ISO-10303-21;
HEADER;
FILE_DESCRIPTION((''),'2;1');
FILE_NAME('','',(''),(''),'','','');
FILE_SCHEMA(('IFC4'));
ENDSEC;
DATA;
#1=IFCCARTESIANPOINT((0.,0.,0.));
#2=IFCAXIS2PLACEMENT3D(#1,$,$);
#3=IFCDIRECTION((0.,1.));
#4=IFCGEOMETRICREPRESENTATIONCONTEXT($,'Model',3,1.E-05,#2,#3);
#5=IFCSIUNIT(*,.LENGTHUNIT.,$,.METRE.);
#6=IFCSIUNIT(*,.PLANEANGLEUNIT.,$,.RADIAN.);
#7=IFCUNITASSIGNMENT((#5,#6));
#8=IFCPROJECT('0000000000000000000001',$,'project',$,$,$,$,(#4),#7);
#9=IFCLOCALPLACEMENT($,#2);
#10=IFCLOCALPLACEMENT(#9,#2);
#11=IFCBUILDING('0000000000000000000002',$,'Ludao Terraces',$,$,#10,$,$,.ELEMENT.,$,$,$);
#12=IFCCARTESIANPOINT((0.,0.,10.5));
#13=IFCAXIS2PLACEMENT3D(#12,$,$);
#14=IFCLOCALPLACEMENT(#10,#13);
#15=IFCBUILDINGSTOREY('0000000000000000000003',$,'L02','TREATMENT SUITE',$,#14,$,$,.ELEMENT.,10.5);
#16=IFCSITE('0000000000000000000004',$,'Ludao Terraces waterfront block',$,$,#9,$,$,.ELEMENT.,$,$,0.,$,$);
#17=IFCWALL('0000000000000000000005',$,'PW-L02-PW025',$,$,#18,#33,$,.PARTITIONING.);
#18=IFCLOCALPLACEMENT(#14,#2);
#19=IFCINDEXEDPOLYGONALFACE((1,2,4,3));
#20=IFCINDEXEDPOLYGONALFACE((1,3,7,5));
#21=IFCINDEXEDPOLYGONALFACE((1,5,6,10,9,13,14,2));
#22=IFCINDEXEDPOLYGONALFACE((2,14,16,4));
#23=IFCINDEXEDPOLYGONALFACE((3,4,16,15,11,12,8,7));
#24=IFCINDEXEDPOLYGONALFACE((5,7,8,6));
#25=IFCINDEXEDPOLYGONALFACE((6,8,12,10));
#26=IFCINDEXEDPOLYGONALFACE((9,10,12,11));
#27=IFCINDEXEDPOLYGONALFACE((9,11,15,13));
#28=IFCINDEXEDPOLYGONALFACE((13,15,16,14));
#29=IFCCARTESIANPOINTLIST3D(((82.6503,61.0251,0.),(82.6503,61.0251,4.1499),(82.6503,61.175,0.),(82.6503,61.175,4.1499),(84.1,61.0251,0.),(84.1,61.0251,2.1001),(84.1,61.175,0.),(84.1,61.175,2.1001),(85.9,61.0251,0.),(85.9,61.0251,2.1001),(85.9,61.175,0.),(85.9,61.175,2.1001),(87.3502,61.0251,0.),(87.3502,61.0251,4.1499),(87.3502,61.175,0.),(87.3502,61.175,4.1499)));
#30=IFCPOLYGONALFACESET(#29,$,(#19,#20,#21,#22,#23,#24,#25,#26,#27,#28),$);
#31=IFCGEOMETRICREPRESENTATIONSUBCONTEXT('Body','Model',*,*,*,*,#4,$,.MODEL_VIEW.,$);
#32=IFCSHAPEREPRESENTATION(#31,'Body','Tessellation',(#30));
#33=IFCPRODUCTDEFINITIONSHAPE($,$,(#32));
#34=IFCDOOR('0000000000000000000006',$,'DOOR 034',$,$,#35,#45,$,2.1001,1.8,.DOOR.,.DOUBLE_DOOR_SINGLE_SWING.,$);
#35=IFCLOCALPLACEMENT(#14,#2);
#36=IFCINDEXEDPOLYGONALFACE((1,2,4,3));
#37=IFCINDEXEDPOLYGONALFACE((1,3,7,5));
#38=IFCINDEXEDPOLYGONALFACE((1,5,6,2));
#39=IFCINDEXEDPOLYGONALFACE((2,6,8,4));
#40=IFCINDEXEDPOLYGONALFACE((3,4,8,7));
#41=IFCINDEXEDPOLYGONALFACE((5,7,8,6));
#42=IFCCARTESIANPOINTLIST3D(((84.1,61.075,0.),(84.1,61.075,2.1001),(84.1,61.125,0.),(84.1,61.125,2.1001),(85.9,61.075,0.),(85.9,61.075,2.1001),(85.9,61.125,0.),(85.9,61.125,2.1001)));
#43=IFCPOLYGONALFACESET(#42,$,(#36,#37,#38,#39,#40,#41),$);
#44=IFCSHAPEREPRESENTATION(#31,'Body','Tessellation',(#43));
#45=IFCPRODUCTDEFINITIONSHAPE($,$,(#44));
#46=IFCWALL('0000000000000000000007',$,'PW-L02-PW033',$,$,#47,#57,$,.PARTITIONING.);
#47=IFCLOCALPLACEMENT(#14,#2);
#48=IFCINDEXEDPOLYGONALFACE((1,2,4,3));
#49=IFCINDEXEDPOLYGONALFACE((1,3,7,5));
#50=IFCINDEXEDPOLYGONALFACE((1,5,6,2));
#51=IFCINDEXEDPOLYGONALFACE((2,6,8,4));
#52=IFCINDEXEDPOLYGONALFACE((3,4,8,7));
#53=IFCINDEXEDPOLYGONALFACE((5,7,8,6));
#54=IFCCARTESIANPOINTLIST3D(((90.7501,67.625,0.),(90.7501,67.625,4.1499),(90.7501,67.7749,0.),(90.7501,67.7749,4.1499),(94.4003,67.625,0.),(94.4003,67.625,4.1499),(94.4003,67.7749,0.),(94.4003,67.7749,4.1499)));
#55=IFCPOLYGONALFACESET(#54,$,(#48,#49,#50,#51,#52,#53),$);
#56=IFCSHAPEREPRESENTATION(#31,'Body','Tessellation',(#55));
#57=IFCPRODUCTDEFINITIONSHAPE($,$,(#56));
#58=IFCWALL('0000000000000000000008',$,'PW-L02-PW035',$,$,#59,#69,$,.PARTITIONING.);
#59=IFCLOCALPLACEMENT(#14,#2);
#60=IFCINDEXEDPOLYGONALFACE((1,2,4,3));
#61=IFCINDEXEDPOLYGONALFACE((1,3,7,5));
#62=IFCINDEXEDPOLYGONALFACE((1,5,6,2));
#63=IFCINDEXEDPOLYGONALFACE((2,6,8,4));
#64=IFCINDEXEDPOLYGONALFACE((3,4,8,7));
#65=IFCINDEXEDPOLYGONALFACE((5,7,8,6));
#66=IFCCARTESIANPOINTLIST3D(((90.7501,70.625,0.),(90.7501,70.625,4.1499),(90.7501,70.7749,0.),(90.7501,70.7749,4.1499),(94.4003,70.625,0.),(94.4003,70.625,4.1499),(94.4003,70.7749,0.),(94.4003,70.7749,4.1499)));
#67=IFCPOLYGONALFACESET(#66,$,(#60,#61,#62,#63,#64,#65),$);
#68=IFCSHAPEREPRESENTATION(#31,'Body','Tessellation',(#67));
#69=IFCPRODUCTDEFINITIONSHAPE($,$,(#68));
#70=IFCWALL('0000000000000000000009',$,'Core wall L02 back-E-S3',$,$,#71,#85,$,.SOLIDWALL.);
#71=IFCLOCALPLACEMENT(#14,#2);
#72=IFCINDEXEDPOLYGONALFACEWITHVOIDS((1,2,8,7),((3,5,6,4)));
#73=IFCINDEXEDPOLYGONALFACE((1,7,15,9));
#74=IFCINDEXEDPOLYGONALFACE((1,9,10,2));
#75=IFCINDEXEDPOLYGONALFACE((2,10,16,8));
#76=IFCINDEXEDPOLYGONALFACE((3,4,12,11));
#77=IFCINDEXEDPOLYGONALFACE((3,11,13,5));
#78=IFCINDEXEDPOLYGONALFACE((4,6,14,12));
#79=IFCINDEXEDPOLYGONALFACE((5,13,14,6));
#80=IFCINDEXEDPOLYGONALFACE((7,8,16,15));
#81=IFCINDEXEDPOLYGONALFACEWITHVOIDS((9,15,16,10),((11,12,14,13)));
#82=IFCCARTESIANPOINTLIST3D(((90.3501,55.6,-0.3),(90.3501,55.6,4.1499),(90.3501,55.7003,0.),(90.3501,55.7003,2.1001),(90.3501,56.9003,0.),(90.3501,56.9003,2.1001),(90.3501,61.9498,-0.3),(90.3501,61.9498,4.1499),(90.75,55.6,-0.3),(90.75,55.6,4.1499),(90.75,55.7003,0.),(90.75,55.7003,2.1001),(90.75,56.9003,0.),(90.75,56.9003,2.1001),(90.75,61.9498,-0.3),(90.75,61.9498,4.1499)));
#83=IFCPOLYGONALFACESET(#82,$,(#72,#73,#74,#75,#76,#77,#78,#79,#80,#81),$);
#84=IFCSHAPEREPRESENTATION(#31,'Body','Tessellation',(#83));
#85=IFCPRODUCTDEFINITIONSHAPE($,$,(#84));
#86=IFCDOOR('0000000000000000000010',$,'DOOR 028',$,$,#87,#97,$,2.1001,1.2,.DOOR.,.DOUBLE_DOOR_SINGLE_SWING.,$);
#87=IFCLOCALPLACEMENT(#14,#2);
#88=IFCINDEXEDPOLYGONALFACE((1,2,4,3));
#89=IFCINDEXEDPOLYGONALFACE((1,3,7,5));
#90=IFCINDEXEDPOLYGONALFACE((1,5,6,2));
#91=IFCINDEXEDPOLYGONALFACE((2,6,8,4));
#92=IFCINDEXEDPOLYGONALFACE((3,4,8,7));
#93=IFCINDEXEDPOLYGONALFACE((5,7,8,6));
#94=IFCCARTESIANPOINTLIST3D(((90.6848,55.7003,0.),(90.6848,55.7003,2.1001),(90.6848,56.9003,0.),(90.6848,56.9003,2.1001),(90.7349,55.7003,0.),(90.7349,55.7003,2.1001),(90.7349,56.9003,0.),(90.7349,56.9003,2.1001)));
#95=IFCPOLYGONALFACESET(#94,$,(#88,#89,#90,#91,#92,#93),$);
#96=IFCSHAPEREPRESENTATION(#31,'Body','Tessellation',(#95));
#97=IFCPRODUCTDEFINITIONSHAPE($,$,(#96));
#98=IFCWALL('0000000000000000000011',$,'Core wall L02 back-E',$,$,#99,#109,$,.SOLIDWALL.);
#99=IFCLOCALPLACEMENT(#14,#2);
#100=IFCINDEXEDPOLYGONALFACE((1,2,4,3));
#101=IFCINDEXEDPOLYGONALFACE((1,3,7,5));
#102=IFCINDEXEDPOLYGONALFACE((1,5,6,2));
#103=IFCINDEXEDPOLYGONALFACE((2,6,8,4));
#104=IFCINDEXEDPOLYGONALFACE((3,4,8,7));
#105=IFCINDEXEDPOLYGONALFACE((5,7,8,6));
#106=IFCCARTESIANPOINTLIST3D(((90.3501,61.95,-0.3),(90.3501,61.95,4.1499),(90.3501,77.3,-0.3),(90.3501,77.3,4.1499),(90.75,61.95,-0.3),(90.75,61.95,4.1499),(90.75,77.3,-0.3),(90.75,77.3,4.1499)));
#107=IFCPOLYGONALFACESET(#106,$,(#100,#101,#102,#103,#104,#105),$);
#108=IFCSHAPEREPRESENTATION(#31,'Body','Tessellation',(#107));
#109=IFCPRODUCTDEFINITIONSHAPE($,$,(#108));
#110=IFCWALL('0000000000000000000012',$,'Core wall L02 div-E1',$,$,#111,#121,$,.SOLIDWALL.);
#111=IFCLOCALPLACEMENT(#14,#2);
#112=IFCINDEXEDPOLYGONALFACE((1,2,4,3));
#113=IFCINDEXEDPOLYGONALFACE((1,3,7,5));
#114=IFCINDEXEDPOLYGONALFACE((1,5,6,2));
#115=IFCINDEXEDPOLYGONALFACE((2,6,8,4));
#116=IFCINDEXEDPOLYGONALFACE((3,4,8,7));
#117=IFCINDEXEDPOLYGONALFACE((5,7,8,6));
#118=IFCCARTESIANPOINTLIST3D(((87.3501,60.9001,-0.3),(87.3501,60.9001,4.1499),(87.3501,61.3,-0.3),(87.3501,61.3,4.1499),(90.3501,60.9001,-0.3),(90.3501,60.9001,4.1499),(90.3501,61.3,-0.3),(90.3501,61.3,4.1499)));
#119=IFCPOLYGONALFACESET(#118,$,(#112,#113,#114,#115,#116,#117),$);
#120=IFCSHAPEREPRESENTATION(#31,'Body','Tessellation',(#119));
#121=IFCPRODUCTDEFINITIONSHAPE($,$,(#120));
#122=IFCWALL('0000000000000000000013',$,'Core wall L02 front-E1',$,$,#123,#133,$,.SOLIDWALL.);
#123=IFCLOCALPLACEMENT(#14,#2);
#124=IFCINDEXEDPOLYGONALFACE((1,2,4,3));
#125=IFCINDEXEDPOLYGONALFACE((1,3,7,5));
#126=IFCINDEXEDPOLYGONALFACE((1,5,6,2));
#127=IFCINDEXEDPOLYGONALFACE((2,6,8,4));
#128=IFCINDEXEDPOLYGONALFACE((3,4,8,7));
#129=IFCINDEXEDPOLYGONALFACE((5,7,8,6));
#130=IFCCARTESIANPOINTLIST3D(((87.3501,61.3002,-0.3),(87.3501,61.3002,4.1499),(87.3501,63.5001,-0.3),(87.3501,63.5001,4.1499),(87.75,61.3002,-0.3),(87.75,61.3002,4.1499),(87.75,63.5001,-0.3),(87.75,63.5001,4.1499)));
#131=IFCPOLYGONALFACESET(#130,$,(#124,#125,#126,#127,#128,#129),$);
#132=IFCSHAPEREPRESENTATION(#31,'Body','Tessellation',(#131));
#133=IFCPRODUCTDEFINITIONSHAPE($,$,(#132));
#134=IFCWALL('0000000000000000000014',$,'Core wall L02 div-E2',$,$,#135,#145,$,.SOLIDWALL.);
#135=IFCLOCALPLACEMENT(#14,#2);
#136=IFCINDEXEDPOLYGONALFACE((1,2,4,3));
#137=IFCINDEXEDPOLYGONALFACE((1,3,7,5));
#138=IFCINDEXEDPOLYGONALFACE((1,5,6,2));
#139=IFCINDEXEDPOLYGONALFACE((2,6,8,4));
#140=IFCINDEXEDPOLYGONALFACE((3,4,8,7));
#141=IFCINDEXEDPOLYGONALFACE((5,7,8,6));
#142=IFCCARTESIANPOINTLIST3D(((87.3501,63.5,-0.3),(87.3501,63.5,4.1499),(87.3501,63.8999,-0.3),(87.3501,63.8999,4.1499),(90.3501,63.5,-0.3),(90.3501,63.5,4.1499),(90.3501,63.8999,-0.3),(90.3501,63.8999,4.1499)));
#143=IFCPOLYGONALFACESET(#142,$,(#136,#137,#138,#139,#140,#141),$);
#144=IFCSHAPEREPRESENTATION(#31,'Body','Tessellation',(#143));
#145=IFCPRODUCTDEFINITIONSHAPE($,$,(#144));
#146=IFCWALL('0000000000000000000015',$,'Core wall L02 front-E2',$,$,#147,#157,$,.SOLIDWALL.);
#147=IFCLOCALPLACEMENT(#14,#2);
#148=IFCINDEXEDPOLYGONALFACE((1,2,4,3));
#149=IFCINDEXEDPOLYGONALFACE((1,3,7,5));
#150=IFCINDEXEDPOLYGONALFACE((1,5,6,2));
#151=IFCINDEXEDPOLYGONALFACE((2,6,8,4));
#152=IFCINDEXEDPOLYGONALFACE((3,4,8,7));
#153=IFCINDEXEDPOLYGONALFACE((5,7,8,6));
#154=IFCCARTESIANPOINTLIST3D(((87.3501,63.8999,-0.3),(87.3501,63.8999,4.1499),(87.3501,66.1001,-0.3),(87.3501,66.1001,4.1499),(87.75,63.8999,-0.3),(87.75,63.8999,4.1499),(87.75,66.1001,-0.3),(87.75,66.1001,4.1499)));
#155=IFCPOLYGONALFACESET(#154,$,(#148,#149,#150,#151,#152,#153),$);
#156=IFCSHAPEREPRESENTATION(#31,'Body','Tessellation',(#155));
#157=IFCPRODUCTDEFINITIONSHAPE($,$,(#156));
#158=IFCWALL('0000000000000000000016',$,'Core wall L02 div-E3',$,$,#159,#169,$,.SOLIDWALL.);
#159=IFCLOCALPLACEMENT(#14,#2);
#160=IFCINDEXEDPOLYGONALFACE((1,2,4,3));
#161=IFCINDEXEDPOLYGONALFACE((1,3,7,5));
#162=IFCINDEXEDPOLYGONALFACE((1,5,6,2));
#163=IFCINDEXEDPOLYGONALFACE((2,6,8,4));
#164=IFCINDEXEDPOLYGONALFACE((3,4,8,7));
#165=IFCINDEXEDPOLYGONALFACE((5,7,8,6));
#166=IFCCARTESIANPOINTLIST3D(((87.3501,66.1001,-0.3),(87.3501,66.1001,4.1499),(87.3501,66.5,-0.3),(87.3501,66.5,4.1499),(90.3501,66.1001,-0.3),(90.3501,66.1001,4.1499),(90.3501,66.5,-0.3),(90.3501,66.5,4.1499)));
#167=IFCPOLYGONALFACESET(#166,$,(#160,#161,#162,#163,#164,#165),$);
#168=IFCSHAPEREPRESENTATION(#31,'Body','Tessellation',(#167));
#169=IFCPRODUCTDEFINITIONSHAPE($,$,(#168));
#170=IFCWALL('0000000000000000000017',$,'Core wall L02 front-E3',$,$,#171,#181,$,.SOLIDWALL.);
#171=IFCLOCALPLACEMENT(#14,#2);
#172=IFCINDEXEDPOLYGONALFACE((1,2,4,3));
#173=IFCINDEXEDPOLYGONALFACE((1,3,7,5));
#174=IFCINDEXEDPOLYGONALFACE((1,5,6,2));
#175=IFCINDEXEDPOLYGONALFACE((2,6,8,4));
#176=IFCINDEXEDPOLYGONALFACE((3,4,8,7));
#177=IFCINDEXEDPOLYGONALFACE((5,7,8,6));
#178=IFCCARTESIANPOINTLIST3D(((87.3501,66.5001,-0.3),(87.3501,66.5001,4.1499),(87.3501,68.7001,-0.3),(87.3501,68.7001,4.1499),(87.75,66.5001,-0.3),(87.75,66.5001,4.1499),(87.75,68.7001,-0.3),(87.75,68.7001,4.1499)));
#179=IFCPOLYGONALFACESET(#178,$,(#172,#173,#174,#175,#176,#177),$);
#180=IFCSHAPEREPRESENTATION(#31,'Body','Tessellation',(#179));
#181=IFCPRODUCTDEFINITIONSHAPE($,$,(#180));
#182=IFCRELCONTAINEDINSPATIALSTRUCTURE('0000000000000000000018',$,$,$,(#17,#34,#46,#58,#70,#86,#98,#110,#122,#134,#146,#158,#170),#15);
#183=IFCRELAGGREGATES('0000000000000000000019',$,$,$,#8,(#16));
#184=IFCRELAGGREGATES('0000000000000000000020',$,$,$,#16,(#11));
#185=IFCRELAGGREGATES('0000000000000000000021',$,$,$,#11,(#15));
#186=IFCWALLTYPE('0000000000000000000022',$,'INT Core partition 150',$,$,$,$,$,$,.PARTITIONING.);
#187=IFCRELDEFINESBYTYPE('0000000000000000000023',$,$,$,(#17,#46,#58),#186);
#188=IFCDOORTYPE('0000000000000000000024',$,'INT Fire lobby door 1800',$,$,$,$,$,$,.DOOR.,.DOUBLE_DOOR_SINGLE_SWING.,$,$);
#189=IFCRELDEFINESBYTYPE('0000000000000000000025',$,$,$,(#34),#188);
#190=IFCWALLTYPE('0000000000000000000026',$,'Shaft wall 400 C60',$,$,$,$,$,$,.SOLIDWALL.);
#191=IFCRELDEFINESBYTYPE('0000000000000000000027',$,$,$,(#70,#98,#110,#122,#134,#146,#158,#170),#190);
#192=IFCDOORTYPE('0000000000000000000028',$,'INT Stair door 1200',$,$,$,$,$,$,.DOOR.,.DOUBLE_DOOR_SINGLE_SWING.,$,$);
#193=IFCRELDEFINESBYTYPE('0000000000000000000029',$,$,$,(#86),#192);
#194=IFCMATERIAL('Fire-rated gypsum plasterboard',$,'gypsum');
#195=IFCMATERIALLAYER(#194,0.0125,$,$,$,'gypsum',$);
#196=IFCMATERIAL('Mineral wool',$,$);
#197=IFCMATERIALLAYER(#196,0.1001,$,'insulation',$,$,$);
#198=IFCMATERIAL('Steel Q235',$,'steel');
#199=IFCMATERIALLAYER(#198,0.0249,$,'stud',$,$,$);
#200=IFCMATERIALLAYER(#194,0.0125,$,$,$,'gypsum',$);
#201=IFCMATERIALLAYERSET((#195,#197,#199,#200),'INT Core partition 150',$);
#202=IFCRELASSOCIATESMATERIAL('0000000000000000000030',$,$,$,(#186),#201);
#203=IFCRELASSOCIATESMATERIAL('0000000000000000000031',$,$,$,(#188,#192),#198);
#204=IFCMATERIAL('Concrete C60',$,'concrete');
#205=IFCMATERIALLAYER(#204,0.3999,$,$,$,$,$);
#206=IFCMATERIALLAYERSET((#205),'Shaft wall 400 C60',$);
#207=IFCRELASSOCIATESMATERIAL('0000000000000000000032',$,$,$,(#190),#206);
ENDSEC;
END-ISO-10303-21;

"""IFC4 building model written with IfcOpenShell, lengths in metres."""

from ifc_helpers import new_model, si_unit, direction, frame, frame_2d, origin, place, context, subcontext, project, spatial, rectangle, extrude, material, layer, layer_set, type_object, element, fill, save


model = new_model("IFC4")

# Units and contexts
model_context = context("Model", 3, precision=1e-05, world=origin(), true_north=direction((0.0, 1.0)))
body_context = subcontext(model_context, "Body", "Model", "MODEL_VIEW")
ifc_project = project(units=[si_unit("LENGTHUNIT", "METRE"), si_unit("PLANEANGLEUNIT", "RADIAN")], contexts=[model_context])

# Site, building, storey
site_placement = place(None, origin())
site = spatial("IfcSite", under=ifc_project, at=site_placement, Name="Ludao Terraces waterfront block", CompositionType="ELEMENT", RefElevation=0.0)
building_placement = place(site_placement, origin())
building = spatial("IfcBuilding", under=site, at=building_placement, Name="Ludao Terraces", CompositionType="ELEMENT")
storey_placement = place(building_placement, frame((0.0, 0.0, 10.5)))
storey = spatial("IfcBuildingStorey", under=building, at=storey_placement, Name="L02", Description="TREATMENT SUITE", CompositionType="ELEMENT", Elevation=10.5)

# Wall, opening, door
ifc_material_1 = material(Name="Fire-rated gypsum plasterboard", Category="gypsum")
ifc_layer_1 = layer(ifc_material_1, 0.0125, Category="gypsum")
ifc_material_2 = material(Name="Mineral wool")
ifc_layer_2 = layer(ifc_material_2, 0.1001, Name="insulation")
ifc_material_3 = material(Name="Steel Q235", Category="steel")
ifc_layer_3 = layer(ifc_material_3, 0.0249, Name="stud")
ifc_layer_4 = layer(ifc_material_1, 0.0125, Category="gypsum")
ifc_layer_set_1 = layer_set([ifc_layer_1, ifc_layer_2, ifc_layer_3, ifc_layer_4], Name="INT Core partition 150")
wall_type_1 = type_object("IfcWallType", Name="INT Core partition 150", PredefinedType="PARTITIONING", material=ifc_layer_set_1)
wall_1_placement = place(storey_placement, frame((82.6501, 61.1001, 0.0), z_axis=(0.0, 0.0, 1.0), x_axis=(1.0, 0.0, 0.0)))
wall_1 = element("IfcWall", 1, at=wall_1_placement, inside=storey, type_object=wall_type_1, Name="PW-L02-PW025", PredefinedType="PARTITIONING", context=body_context, shape_type="SweptSolid", body=[
    extrude(rectangle(XDim=4.7, YDim=0.1499, at=frame_2d((2.3501, 0.0))), origin(), (0.0, 0.0, 1.0), 4.1499),
])
opening_1_placement = place(wall_1_placement, frame((1.45, 0.0, 0.0)))
opening_1 = element("IfcOpeningElement", 2, at=opening_1_placement, cuts=wall_1, PredefinedType="OPENING", context=body_context, shape_type="SweptSolid", body=[
    extrude(rectangle(XDim=1.8, YDim=2.1001, at=frame_2d((0.8999, 1.05))), frame((0.0, 0.085, 0.0), z_axis=(0.0, -1.0, 0.0), x_axis=(1.0, 0.0, 0.0)), (0.0, 0.0, 1.0), 0.1699),
])
door_type_1 = type_object("IfcDoorType", Name="INT Fire lobby door 1800", OperationType="DOUBLE_DOOR_SINGLE_SWING", PredefinedType="DOOR", material=ifc_material_3)
door_1_placement = place(opening_1_placement, origin())
door_1 = element("IfcDoor", 3, at=door_1_placement, inside=storey, type_object=door_type_1, Name="DOOR 034", OperationType="DOUBLE_DOOR_SINGLE_SWING", OverallHeight=2.1001, OverallWidth=1.8, PredefinedType="DOOR", context=body_context, shape_type="SweptSolid", body=[
    extrude(rectangle(XDim=1.8, YDim=2.1001, at=frame_2d((0.8999, 1.05))), frame((0.0, 0.0249, 0.0), z_axis=(0.0, -1.0, 0.0), x_axis=(1.0, 0.0, 0.0)), (0.0, 0.0, 1.0), 0.05),
])
fill(opening_1, door_1)

# Walls
for number, where, z_axis, x_axis, name in (
    (4, (90.75, 67.7, 0.0), (0.0, 0.0, 1.0), (1.0, 0.0, 0.0), "PW-L02-PW033"),
    (5, (90.75, 70.7, 0.0), (0.0, 0.0, 1.0), (1.0, 0.0, 0.0), "PW-L02-PW035"),
):
    element("IfcWall", number, at=place(storey_placement, frame(where, z_axis=z_axis, x_axis=x_axis)), inside=storey, type_object=wall_type_1, Name=name, PredefinedType="PARTITIONING", context=body_context, shape_type="SweptSolid", body=[
        extrude(rectangle(XDim=3.6501, YDim=0.1499, at=frame_2d((1.8252, 0.0))), origin(), (0.0, 0.0, 1.0), 4.1499),
    ])

# Wall, opening, door
ifc_material_4 = material(Name="Concrete C60", Category="concrete")
ifc_layer_5 = layer(ifc_material_4, 0.3999)
ifc_layer_set_2 = layer_set([ifc_layer_5], Name="Shaft wall 400 C60")
wall_type_2 = type_object("IfcWallType", Name="Shaft wall 400 C60", PredefinedType="SOLIDWALL", material=ifc_layer_set_2)
wall_2_placement = place(storey_placement, frame((90.55, 55.6001, -0.3), z_axis=(0.0, 0.0, 1.0), x_axis=(0.0, 1.0, 0.0)))
wall_2 = element("IfcWall", 6, at=wall_2_placement, inside=storey, type_object=wall_type_2, Name="Core wall L02 back-E-S3", PredefinedType="SOLIDWALL", context=body_context, shape_type="SweptSolid", body=[
    extrude(rectangle(XDim=6.3499, YDim=0.3999, at=frame_2d((3.1748, 0.0))), origin(), (0.0, 0.0, 1.0), 4.45),
])
opening_2_placement = place(wall_2_placement, frame((0.1001, 0.0, 0.3)))
opening_2 = element("IfcOpeningElement", 7, at=opening_2_placement, cuts=wall_2, PredefinedType="OPENING", context=body_context, shape_type="SweptSolid", body=[
    extrude(rectangle(XDim=1.2, YDim=2.1001, at=frame_2d((0.6001, 1.05))), frame((0.0, 0.21, 0.0), z_axis=(0.0, -1.0, 0.0), x_axis=(1.0, 0.0, 0.0)), (0.0, 0.0, 1.0), 0.4199),
])
door_type_2 = type_object("IfcDoorType", Name="INT Stair door 1200", OperationType="DOUBLE_DOOR_SINGLE_SWING", PredefinedType="DOOR", material=ifc_material_3)
door_2_placement = place(opening_2_placement, origin())
door_2 = element("IfcDoor", 8, at=door_2_placement, inside=storey, type_object=door_type_2, Name="DOOR 028", OperationType="DOUBLE_DOOR_SINGLE_SWING", OverallHeight=2.1001, OverallWidth=1.2, PredefinedType="DOOR", context=body_context, shape_type="SweptSolid", body=[
    extrude(rectangle(XDim=1.2, YDim=2.1001, at=frame_2d((0.6001, 1.05))), frame((0.0, -0.1348, 0.0), z_axis=(0.0, -1.0, 0.0), x_axis=(1.0, 0.0, 0.0)), (0.0, 0.0, 1.0), 0.05),
])
fill(opening_2, door_2)

# Walls
wall_3_placement = place(storey_placement, frame((90.55, 61.95, -0.3), z_axis=(0.0, 0.0, 1.0), x_axis=(0.0, 1.0, 0.0)))
element("IfcWall", 9, at=wall_3_placement, inside=storey, type_object=wall_type_2, Name="Core wall L02 back-E", PredefinedType="SOLIDWALL", context=body_context, shape_type="SweptSolid", body=[
    extrude(rectangle(XDim=15.3501, YDim=0.3999, at=frame_2d((7.675, 0.0))), origin(), (0.0, 0.0, 1.0), 4.45),
])
wall_4_placement = place(storey_placement, frame((87.3501, 61.1001, -0.3), z_axis=(0.0, 0.0, 1.0), x_axis=(1.0, 0.0, 0.0)))
element("IfcWall", 10, at=wall_4_placement, inside=storey, type_object=wall_type_2, Name="Core wall L02 div-E1", PredefinedType="SOLIDWALL", context=body_context, shape_type="SweptSolid", body=[
    extrude(rectangle(XDim=3.0, YDim=0.3999, at=frame_2d((1.5, 0.0))), origin(), (0.0, 0.0, 1.0), 4.45),
])
wall_5_placement = place(storey_placement, frame((87.55, 61.3, -0.3), z_axis=(0.0, 0.0, 1.0), x_axis=(0.0, 1.0, 0.0)))
element("IfcWall", 11, at=wall_5_placement, inside=storey, type_object=wall_type_2, Name="Core wall L02 front-E1", PredefinedType="SOLIDWALL", context=body_context, shape_type="SweptSolid", body=[
    extrude(rectangle(XDim=2.2, YDim=0.3999, at=frame_2d((1.1001, 0.0))), origin(), (0.0, 0.0, 1.0), 4.45),
])
wall_6_placement = place(storey_placement, frame((87.3501, 63.7, -0.3), z_axis=(0.0, 0.0, 1.0), x_axis=(1.0, 0.0, 0.0)))
element("IfcWall", 12, at=wall_6_placement, inside=storey, type_object=wall_type_2, Name="Core wall L02 div-E2", PredefinedType="SOLIDWALL", context=body_context, shape_type="SweptSolid", body=[
    extrude(rectangle(XDim=3.0, YDim=0.3999, at=frame_2d((1.5, 0.0))), origin(), (0.0, 0.0, 1.0), 4.45),
])
wall_7_placement = place(storey_placement, frame((87.55, 63.8999, -0.3), z_axis=(0.0, 0.0, 1.0), x_axis=(0.0, 1.0, 0.0)))
element("IfcWall", 13, at=wall_7_placement, inside=storey, type_object=wall_type_2, Name="Core wall L02 front-E2", PredefinedType="SOLIDWALL", context=body_context, shape_type="SweptSolid", body=[
    extrude(rectangle(XDim=2.2002, YDim=0.3999, at=frame_2d((1.1001, 0.0))), origin(), (0.0, 0.0, 1.0), 4.45),
])
wall_8_placement = place(storey_placement, frame((87.3501, 66.3, -0.3), z_axis=(0.0, 0.0, 1.0), x_axis=(1.0, 0.0, 0.0)))
element("IfcWall", 14, at=wall_8_placement, inside=storey, type_object=wall_type_2, Name="Core wall L02 div-E3", PredefinedType="SOLIDWALL", context=body_context, shape_type="SweptSolid", body=[
    extrude(rectangle(XDim=3.0, YDim=0.3999, at=frame_2d((1.5, 0.0))), origin(), (0.0, 0.0, 1.0), 4.45),
])
wall_9_placement = place(storey_placement, frame((87.55, 66.5, -0.3), z_axis=(0.0, 0.0, 1.0), x_axis=(0.0, 1.0, 0.0)))
element("IfcWall", 15, at=wall_9_placement, inside=storey, type_object=wall_type_2, Name="Core wall L02 front-E3", PredefinedType="SOLIDWALL", context=body_context, shape_type="SweptSolid", body=[
    extrude(rectangle(XDim=2.2, YDim=0.3999, at=frame_2d((1.1001, 0.0))), origin(), (0.0, 0.0, 1.0), 4.45),
])

save(model, "model.ifc")
